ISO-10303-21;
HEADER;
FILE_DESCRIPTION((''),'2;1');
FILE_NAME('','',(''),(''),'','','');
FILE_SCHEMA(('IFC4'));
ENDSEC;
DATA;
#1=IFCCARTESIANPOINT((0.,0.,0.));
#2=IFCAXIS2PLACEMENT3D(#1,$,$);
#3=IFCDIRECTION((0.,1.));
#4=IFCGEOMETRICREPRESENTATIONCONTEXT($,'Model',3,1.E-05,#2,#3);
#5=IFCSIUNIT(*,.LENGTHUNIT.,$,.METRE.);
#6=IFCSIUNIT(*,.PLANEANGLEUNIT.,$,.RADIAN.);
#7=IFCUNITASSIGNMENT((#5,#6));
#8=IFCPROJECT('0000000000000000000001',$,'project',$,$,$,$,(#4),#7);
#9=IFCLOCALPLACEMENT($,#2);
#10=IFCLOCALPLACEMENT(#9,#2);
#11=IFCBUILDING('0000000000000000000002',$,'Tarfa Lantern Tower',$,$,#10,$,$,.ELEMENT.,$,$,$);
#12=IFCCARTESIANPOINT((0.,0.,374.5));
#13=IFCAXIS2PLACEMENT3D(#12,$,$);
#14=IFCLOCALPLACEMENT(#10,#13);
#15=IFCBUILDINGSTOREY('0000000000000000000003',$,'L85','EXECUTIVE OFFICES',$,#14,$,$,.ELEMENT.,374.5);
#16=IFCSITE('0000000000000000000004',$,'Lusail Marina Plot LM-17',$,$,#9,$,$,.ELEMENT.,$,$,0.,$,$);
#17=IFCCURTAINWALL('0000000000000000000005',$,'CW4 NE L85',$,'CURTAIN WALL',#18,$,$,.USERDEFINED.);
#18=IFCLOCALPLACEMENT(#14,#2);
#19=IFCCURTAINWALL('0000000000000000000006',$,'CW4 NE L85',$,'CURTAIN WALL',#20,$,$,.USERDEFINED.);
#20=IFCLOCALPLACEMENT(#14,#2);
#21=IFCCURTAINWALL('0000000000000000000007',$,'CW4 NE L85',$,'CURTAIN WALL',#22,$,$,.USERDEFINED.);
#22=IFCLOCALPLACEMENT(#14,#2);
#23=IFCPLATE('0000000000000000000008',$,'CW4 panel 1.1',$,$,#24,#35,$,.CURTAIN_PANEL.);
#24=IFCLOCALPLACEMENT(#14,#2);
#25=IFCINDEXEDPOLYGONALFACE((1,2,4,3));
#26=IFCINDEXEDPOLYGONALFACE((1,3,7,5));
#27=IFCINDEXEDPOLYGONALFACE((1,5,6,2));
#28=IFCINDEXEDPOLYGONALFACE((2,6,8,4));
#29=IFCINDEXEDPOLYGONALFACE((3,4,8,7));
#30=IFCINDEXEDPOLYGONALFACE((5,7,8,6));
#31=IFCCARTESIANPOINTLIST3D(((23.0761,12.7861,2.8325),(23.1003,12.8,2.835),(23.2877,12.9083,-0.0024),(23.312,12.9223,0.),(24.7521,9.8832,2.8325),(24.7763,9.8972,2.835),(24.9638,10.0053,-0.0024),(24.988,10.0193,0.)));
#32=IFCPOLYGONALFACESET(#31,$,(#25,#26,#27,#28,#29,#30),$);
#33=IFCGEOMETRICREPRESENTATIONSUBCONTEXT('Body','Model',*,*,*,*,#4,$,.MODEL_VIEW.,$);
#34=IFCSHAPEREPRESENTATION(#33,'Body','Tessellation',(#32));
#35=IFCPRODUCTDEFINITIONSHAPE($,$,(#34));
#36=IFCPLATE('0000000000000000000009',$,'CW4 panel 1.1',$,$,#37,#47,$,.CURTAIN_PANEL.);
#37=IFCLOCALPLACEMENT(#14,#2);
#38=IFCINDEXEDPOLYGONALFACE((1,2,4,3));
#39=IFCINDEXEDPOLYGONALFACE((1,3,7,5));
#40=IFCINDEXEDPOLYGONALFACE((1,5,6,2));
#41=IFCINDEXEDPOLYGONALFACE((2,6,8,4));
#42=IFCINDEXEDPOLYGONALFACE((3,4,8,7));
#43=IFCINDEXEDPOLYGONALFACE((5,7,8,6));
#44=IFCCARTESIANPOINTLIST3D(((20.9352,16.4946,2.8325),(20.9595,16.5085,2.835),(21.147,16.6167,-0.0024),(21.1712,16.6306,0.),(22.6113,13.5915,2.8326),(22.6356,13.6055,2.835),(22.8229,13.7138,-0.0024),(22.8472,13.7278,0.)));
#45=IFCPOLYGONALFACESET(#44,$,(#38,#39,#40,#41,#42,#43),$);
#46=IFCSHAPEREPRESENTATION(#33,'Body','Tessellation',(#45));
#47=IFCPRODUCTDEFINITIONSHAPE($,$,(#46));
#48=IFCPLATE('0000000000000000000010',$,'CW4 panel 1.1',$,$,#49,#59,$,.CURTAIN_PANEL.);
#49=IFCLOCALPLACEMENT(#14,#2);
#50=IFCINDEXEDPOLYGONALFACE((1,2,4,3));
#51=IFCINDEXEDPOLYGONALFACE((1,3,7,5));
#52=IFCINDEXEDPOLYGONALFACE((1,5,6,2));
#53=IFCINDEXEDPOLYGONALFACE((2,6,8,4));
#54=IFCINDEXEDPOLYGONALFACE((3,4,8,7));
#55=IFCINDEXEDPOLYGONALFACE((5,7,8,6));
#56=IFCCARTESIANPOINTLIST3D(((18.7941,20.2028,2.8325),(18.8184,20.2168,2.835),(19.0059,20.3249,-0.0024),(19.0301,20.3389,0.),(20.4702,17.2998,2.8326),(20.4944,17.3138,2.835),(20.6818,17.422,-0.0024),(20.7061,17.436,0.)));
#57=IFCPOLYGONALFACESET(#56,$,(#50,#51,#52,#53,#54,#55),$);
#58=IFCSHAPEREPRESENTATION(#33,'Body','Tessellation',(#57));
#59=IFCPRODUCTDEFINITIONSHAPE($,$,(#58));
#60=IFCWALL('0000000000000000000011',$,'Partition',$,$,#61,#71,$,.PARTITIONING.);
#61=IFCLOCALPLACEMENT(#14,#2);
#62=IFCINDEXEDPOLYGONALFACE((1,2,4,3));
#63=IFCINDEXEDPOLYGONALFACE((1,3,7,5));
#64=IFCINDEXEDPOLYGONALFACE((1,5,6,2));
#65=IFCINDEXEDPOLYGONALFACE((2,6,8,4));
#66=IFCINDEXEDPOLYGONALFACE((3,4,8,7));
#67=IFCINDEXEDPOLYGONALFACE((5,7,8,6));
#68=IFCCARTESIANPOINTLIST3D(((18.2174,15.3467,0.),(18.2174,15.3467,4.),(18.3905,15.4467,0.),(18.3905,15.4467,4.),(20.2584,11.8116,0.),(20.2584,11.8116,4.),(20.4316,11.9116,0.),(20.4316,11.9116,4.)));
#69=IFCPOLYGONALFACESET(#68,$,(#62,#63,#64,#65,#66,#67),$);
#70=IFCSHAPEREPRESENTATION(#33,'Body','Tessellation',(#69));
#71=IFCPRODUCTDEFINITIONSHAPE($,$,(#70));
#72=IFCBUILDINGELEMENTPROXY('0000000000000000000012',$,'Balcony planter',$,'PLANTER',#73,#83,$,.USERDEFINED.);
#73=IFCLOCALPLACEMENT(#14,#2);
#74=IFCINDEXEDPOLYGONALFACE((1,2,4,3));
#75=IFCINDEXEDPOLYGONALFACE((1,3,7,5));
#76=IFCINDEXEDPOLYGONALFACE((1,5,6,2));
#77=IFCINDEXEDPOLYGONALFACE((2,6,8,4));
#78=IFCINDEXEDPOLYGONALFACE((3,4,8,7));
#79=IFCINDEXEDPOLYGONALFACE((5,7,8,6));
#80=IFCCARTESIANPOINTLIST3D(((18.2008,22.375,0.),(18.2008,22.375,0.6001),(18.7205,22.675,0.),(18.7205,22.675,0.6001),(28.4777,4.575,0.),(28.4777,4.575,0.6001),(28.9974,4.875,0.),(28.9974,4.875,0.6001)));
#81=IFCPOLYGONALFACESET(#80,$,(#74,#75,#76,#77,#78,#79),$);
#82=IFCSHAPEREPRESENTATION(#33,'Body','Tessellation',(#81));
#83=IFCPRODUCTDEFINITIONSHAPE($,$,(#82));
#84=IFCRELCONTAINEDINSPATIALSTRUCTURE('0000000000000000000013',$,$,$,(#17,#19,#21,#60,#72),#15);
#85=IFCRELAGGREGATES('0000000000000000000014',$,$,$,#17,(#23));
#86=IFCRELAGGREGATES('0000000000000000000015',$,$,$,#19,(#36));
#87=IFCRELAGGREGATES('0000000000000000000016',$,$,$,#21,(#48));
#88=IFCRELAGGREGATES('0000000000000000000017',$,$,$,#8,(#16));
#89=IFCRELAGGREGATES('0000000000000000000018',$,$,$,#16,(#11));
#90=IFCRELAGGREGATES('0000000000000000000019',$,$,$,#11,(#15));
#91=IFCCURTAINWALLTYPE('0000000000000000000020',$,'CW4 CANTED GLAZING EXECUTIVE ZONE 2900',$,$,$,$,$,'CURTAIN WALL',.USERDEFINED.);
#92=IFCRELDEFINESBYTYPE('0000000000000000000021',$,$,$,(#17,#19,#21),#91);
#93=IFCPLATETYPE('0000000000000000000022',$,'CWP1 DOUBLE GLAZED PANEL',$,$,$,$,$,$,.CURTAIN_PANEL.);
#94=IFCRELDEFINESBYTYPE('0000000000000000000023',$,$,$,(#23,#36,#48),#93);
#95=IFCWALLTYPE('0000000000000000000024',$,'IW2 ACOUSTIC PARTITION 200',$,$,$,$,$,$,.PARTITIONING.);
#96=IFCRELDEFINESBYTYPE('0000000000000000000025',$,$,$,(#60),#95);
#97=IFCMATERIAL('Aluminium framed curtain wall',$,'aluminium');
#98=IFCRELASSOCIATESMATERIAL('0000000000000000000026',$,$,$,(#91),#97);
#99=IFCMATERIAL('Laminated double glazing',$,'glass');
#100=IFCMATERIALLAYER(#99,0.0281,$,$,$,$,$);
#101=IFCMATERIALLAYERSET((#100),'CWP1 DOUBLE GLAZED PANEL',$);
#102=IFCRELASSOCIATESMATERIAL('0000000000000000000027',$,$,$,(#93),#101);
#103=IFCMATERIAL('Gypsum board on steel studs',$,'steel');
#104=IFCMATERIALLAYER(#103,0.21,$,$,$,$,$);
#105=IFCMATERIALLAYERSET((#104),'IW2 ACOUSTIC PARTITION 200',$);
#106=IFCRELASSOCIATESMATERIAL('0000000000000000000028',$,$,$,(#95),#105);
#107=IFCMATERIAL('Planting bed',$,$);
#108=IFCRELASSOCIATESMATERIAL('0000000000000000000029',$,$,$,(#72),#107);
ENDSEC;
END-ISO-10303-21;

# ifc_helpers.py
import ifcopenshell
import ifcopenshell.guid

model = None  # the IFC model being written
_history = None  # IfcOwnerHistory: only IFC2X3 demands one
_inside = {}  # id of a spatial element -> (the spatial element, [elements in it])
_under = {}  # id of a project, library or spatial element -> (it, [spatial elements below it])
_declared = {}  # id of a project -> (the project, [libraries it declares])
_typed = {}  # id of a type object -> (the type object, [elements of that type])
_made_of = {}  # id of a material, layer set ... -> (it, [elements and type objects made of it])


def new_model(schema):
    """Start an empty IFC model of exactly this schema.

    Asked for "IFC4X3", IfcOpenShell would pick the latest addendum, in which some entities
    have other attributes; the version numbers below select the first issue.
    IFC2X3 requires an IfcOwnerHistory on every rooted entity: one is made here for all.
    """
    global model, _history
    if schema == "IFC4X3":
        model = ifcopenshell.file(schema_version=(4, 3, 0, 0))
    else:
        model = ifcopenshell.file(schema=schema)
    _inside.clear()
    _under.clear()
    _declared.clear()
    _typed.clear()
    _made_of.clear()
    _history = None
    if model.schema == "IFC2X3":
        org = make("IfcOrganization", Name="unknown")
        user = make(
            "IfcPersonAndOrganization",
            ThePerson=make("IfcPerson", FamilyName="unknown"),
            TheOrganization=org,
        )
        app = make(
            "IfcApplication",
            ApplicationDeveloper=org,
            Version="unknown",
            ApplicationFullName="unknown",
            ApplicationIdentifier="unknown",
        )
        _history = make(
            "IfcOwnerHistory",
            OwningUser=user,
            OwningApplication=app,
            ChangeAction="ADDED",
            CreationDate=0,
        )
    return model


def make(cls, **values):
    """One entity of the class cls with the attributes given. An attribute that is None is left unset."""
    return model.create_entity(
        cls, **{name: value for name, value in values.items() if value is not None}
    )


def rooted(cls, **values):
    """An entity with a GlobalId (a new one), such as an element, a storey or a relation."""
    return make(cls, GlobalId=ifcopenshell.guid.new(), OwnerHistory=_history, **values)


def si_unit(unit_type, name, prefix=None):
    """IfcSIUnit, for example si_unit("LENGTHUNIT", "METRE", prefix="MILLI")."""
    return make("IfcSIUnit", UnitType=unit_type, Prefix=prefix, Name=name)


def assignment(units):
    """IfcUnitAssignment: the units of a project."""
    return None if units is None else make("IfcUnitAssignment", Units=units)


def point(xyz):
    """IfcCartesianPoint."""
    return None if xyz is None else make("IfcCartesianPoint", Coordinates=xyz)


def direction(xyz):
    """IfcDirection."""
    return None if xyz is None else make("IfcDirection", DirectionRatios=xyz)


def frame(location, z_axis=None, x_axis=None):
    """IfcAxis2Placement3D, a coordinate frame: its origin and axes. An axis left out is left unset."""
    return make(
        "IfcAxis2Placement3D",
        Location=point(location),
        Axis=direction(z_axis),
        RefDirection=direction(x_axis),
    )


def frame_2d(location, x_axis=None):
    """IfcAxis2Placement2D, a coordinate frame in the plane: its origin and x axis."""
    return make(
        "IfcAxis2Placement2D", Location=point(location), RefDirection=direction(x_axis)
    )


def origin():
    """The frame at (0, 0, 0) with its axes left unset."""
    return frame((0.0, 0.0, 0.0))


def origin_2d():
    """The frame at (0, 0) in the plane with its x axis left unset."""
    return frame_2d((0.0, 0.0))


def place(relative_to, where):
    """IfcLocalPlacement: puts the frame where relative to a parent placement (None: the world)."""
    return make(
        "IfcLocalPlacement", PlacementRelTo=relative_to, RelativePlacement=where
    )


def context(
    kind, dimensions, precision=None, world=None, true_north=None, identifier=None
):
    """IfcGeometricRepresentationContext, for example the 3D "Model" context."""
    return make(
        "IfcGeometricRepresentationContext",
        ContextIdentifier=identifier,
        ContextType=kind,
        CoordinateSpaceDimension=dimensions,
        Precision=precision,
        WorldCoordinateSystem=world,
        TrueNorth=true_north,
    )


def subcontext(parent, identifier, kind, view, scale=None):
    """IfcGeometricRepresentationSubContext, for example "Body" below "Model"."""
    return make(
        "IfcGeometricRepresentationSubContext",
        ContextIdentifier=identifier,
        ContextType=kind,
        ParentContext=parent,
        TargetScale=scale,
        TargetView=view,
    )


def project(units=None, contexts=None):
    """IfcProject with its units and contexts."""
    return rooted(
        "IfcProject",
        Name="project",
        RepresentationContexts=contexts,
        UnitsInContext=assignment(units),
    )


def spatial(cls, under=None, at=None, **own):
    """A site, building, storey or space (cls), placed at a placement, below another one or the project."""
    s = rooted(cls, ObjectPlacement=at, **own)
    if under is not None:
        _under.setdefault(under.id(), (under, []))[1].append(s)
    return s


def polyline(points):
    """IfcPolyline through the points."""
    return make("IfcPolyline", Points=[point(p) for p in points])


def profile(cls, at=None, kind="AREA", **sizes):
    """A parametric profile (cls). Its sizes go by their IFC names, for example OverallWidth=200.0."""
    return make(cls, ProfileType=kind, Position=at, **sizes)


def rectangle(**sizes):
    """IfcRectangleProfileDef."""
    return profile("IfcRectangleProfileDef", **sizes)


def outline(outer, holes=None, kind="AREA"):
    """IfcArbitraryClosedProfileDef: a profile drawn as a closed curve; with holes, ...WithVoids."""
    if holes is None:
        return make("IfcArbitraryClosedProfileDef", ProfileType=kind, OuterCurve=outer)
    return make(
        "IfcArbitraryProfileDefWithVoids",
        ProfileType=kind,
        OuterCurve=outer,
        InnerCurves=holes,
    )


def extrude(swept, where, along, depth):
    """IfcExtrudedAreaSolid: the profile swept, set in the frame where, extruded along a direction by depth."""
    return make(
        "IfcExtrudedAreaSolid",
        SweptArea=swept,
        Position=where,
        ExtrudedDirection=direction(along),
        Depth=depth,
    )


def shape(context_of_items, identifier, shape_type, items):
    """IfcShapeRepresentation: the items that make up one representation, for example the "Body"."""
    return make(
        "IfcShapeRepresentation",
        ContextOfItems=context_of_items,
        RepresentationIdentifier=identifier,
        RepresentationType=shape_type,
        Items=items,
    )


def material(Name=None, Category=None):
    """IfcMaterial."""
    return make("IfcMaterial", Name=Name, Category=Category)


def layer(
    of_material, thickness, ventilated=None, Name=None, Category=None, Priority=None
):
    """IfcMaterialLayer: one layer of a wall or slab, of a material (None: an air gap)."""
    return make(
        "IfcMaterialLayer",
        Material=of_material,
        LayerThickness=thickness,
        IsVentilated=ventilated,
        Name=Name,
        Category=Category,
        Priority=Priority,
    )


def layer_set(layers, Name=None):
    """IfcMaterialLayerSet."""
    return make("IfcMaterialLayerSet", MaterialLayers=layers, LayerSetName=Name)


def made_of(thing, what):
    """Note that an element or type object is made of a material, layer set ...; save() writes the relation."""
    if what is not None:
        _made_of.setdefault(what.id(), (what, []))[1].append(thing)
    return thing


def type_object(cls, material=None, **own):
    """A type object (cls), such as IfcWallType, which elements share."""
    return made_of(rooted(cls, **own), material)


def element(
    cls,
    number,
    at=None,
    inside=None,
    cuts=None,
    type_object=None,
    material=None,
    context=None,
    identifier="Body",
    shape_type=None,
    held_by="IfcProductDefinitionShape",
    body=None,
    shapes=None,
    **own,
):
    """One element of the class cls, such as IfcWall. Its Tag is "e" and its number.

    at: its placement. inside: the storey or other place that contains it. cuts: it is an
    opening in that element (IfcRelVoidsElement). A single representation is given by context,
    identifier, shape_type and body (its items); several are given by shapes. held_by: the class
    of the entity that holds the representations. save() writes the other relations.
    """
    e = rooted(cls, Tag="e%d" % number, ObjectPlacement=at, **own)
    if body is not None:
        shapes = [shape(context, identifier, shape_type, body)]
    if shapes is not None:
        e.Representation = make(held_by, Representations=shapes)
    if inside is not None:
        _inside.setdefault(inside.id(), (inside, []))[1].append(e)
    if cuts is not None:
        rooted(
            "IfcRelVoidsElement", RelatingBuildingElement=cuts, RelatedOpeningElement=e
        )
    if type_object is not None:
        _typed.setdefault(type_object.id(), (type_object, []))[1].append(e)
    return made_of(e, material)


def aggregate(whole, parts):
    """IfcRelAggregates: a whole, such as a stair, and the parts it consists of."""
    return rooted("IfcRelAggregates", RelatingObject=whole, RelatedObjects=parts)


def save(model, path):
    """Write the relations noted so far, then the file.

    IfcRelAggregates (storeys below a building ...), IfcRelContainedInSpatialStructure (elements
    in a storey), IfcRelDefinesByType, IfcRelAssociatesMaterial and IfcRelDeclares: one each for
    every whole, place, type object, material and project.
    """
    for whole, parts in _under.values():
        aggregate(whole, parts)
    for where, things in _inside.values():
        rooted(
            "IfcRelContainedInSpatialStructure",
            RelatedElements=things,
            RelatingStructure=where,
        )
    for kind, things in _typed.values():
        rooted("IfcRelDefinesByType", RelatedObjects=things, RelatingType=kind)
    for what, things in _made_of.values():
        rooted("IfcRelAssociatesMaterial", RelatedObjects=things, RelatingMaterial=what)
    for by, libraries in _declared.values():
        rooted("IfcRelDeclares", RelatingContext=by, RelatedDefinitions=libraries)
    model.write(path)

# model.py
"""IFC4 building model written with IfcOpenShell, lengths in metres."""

from ifc_helpers import new_model, si_unit, direction, frame, frame_2d, origin, origin_2d, place, context, subcontext, project, spatial, polyline, rectangle, outline, extrude, material, layer, layer_set, type_object, element, aggregate, save


model = new_model("IFC4")

# Units and contexts
model_context = context("Model", 3, precision=1e-05, world=origin(), true_north=direction((0.0, 1.0)))
body_context = subcontext(model_context, "Body", "Model", "MODEL_VIEW")
ifc_project = project(units=[si_unit("LENGTHUNIT", "METRE"), si_unit("PLANEANGLEUNIT", "RADIAN")], contexts=[model_context])

# Site, building, storey
site_placement = place(None, origin())
site = spatial("IfcSite", under=ifc_project, at=site_placement, Name="Lusail Marina Plot LM-17", CompositionType="ELEMENT", RefElevation=0.0)
building_placement = place(site_placement, origin())
building = spatial("IfcBuilding", under=site, at=building_placement, Name="Tarfa Lantern Tower", CompositionType="ELEMENT")
storey_placement = place(building_placement, frame((0.0, 0.0, 374.5)))
storey = spatial("IfcBuildingStorey", under=building, at=storey_placement, Name="L85", Description="EXECUTIVE OFFICES", CompositionType="ELEMENT", Elevation=374.5)

# Curtain walls
ifc_material_1 = material(Name="Aluminium framed curtain wall", Category="aluminium")
curtain_wall_type = type_object("IfcCurtainWallType", Name="CW4 CANTED GLAZING EXECUTIVE ZONE 2900", ElementType="CURTAIN WALL", PredefinedType="USERDEFINED", material=ifc_material_1)
curtain_wall_1_placement = place(storey_placement, origin())
curtain_wall_1 = element("IfcCurtainWall", 1, at=curtain_wall_1_placement, inside=storey, type_object=curtain_wall_type, Name="CW4 NE L85", ObjectType="CURTAIN WALL", PredefinedType="USERDEFINED")
curtain_wall_2_placement = place(storey_placement, origin())
curtain_wall_2 = element("IfcCurtainWall", 2, at=curtain_wall_2_placement, inside=storey, type_object=curtain_wall_type, Name="CW4 NE L85", ObjectType="CURTAIN WALL", PredefinedType="USERDEFINED")
curtain_wall_3_placement = place(storey_placement, origin())
curtain_wall_3 = element("IfcCurtainWall", 3, at=curtain_wall_3_placement, inside=storey, type_object=curtain_wall_type, Name="CW4 NE L85", ObjectType="CURTAIN WALL", PredefinedType="USERDEFINED")

# Plates
ifc_material_2 = material(Name="Laminated double glazing", Category="glass")
ifc_layer_1 = layer(ifc_material_2, 0.0281)
ifc_layer_set_1 = layer_set([ifc_layer_1], Name="CWP1 DOUBLE GLAZED PANEL")
plate_type = type_object("IfcPlateType", Name="CWP1 DOUBLE GLAZED PANEL", PredefinedType="CURTAIN_PANEL", material=ifc_layer_set_1)
plate_1_placement = place(storey_placement, frame((24.988, 10.0193, 0.0), z_axis=(0.862824, 0.498153, 0.085893), x_axis=(-0.500001, 0.866025, -0.000002)))
plate_1 = element("IfcPlate", 4, at=plate_1_placement, type_object=plate_type, Name="CW4 panel 1.1", PredefinedType="CURTAIN_PANEL", context=body_context, shape_type="SweptSolid", body=[
    extrude(outline(polyline([(0.0, 0.0), (3.3522, 0.0), (3.3521, 2.8455), (0.0001, 2.8455), (0.0, 0.0)])), origin(), (0.0, 0.0, -1.0), 0.0281),
])
aggregate(curtain_wall_1, [plate_1])
plate_2_placement = place(storey_placement, frame((22.8472, 13.7278, 0.0), z_axis=(0.862824, 0.498153, 0.085893), x_axis=(-0.500001, 0.866025, 0.000002)))
plate_2 = element("IfcPlate", 5, at=plate_2_placement, type_object=plate_type, Name="CW4 panel 1.1", PredefinedType="CURTAIN_PANEL", context=body_context, shape_type="SweptSolid", body=[
    extrude(outline(polyline([(0.0, 0.0), (3.3519, 0.0), (3.3521, 2.8455), (-0.0001, 2.8455), (0.0, 0.0)])), origin(), (0.0, 0.0, -1.0), 0.0281),
])
aggregate(curtain_wall_2, [plate_2])
plate_3_placement = place(storey_placement, frame((20.7061, 17.436, 0.0), z_axis=(0.862824, 0.498153, 0.085893), x_axis=(-0.500001, 0.866025, 0.000002)))
plate_3 = element("IfcPlate", 6, at=plate_3_placement, type_object=plate_type, Name="CW4 panel 1.1", PredefinedType="CURTAIN_PANEL", context=body_context, shape_type="SweptSolid", body=[
    extrude(outline(polyline([(0.0, 0.0), (3.3519, 0.0), (3.3521, 2.8455), (-0.0001, 2.8455), (0.0, 0.0)])), origin(), (0.0, 0.0, -1.0), 0.0281),
])
aggregate(curtain_wall_3, [plate_3])

# Wall
ifc_material_3 = material(Name="Gypsum board on steel studs", Category="steel")
ifc_layer_2 = layer(ifc_material_3, 0.21)
ifc_layer_set_2 = layer_set([ifc_layer_2], Name="IW2 ACOUSTIC PARTITION 200")
wall_type = type_object("IfcWallType", Name="IW2 ACOUSTIC PARTITION 200", PredefinedType="PARTITIONING", material=ifc_layer_set_2)
wall_placement = place(storey_placement, frame((20.345, 11.8616, 0.0), z_axis=(0.0, 0.0, 1.0), x_axis=(-0.499999, 0.866026, 0.0)))
element("IfcWall", 7, at=wall_placement, inside=storey, type_object=wall_type, Name="Partition", PredefinedType="PARTITIONING", context=body_context, shape_type="SweptSolid", body=[
    extrude(rectangle(XDim=4.082, YDim=0.2, at=frame_2d((2.041, 0.0))), origin(), (0.0, 0.0, 1.0), 4.0),
])

# Building element proxy
ifc_material_4 = material(Name="Planting bed")
proxy_placement = place(storey_placement, frame((23.5991, 13.625, 0.0), z_axis=(0.0, 0.0, 1.0), x_axis=(-0.5, 0.866025, 0.0)))
element("IfcBuildingElementProxy", 8, at=proxy_placement, inside=storey, material=ifc_material_4, Name="Balcony planter", ObjectType="PLANTER", PredefinedType="USERDEFINED", context=body_context, shape_type="SweptSolid", body=[
    extrude(rectangle(XDim=20.5537, YDim=0.6001, at=origin_2d()), origin(), (0.0, 0.0, 1.0), 0.6001),
])

save(model, "model.ifc")
